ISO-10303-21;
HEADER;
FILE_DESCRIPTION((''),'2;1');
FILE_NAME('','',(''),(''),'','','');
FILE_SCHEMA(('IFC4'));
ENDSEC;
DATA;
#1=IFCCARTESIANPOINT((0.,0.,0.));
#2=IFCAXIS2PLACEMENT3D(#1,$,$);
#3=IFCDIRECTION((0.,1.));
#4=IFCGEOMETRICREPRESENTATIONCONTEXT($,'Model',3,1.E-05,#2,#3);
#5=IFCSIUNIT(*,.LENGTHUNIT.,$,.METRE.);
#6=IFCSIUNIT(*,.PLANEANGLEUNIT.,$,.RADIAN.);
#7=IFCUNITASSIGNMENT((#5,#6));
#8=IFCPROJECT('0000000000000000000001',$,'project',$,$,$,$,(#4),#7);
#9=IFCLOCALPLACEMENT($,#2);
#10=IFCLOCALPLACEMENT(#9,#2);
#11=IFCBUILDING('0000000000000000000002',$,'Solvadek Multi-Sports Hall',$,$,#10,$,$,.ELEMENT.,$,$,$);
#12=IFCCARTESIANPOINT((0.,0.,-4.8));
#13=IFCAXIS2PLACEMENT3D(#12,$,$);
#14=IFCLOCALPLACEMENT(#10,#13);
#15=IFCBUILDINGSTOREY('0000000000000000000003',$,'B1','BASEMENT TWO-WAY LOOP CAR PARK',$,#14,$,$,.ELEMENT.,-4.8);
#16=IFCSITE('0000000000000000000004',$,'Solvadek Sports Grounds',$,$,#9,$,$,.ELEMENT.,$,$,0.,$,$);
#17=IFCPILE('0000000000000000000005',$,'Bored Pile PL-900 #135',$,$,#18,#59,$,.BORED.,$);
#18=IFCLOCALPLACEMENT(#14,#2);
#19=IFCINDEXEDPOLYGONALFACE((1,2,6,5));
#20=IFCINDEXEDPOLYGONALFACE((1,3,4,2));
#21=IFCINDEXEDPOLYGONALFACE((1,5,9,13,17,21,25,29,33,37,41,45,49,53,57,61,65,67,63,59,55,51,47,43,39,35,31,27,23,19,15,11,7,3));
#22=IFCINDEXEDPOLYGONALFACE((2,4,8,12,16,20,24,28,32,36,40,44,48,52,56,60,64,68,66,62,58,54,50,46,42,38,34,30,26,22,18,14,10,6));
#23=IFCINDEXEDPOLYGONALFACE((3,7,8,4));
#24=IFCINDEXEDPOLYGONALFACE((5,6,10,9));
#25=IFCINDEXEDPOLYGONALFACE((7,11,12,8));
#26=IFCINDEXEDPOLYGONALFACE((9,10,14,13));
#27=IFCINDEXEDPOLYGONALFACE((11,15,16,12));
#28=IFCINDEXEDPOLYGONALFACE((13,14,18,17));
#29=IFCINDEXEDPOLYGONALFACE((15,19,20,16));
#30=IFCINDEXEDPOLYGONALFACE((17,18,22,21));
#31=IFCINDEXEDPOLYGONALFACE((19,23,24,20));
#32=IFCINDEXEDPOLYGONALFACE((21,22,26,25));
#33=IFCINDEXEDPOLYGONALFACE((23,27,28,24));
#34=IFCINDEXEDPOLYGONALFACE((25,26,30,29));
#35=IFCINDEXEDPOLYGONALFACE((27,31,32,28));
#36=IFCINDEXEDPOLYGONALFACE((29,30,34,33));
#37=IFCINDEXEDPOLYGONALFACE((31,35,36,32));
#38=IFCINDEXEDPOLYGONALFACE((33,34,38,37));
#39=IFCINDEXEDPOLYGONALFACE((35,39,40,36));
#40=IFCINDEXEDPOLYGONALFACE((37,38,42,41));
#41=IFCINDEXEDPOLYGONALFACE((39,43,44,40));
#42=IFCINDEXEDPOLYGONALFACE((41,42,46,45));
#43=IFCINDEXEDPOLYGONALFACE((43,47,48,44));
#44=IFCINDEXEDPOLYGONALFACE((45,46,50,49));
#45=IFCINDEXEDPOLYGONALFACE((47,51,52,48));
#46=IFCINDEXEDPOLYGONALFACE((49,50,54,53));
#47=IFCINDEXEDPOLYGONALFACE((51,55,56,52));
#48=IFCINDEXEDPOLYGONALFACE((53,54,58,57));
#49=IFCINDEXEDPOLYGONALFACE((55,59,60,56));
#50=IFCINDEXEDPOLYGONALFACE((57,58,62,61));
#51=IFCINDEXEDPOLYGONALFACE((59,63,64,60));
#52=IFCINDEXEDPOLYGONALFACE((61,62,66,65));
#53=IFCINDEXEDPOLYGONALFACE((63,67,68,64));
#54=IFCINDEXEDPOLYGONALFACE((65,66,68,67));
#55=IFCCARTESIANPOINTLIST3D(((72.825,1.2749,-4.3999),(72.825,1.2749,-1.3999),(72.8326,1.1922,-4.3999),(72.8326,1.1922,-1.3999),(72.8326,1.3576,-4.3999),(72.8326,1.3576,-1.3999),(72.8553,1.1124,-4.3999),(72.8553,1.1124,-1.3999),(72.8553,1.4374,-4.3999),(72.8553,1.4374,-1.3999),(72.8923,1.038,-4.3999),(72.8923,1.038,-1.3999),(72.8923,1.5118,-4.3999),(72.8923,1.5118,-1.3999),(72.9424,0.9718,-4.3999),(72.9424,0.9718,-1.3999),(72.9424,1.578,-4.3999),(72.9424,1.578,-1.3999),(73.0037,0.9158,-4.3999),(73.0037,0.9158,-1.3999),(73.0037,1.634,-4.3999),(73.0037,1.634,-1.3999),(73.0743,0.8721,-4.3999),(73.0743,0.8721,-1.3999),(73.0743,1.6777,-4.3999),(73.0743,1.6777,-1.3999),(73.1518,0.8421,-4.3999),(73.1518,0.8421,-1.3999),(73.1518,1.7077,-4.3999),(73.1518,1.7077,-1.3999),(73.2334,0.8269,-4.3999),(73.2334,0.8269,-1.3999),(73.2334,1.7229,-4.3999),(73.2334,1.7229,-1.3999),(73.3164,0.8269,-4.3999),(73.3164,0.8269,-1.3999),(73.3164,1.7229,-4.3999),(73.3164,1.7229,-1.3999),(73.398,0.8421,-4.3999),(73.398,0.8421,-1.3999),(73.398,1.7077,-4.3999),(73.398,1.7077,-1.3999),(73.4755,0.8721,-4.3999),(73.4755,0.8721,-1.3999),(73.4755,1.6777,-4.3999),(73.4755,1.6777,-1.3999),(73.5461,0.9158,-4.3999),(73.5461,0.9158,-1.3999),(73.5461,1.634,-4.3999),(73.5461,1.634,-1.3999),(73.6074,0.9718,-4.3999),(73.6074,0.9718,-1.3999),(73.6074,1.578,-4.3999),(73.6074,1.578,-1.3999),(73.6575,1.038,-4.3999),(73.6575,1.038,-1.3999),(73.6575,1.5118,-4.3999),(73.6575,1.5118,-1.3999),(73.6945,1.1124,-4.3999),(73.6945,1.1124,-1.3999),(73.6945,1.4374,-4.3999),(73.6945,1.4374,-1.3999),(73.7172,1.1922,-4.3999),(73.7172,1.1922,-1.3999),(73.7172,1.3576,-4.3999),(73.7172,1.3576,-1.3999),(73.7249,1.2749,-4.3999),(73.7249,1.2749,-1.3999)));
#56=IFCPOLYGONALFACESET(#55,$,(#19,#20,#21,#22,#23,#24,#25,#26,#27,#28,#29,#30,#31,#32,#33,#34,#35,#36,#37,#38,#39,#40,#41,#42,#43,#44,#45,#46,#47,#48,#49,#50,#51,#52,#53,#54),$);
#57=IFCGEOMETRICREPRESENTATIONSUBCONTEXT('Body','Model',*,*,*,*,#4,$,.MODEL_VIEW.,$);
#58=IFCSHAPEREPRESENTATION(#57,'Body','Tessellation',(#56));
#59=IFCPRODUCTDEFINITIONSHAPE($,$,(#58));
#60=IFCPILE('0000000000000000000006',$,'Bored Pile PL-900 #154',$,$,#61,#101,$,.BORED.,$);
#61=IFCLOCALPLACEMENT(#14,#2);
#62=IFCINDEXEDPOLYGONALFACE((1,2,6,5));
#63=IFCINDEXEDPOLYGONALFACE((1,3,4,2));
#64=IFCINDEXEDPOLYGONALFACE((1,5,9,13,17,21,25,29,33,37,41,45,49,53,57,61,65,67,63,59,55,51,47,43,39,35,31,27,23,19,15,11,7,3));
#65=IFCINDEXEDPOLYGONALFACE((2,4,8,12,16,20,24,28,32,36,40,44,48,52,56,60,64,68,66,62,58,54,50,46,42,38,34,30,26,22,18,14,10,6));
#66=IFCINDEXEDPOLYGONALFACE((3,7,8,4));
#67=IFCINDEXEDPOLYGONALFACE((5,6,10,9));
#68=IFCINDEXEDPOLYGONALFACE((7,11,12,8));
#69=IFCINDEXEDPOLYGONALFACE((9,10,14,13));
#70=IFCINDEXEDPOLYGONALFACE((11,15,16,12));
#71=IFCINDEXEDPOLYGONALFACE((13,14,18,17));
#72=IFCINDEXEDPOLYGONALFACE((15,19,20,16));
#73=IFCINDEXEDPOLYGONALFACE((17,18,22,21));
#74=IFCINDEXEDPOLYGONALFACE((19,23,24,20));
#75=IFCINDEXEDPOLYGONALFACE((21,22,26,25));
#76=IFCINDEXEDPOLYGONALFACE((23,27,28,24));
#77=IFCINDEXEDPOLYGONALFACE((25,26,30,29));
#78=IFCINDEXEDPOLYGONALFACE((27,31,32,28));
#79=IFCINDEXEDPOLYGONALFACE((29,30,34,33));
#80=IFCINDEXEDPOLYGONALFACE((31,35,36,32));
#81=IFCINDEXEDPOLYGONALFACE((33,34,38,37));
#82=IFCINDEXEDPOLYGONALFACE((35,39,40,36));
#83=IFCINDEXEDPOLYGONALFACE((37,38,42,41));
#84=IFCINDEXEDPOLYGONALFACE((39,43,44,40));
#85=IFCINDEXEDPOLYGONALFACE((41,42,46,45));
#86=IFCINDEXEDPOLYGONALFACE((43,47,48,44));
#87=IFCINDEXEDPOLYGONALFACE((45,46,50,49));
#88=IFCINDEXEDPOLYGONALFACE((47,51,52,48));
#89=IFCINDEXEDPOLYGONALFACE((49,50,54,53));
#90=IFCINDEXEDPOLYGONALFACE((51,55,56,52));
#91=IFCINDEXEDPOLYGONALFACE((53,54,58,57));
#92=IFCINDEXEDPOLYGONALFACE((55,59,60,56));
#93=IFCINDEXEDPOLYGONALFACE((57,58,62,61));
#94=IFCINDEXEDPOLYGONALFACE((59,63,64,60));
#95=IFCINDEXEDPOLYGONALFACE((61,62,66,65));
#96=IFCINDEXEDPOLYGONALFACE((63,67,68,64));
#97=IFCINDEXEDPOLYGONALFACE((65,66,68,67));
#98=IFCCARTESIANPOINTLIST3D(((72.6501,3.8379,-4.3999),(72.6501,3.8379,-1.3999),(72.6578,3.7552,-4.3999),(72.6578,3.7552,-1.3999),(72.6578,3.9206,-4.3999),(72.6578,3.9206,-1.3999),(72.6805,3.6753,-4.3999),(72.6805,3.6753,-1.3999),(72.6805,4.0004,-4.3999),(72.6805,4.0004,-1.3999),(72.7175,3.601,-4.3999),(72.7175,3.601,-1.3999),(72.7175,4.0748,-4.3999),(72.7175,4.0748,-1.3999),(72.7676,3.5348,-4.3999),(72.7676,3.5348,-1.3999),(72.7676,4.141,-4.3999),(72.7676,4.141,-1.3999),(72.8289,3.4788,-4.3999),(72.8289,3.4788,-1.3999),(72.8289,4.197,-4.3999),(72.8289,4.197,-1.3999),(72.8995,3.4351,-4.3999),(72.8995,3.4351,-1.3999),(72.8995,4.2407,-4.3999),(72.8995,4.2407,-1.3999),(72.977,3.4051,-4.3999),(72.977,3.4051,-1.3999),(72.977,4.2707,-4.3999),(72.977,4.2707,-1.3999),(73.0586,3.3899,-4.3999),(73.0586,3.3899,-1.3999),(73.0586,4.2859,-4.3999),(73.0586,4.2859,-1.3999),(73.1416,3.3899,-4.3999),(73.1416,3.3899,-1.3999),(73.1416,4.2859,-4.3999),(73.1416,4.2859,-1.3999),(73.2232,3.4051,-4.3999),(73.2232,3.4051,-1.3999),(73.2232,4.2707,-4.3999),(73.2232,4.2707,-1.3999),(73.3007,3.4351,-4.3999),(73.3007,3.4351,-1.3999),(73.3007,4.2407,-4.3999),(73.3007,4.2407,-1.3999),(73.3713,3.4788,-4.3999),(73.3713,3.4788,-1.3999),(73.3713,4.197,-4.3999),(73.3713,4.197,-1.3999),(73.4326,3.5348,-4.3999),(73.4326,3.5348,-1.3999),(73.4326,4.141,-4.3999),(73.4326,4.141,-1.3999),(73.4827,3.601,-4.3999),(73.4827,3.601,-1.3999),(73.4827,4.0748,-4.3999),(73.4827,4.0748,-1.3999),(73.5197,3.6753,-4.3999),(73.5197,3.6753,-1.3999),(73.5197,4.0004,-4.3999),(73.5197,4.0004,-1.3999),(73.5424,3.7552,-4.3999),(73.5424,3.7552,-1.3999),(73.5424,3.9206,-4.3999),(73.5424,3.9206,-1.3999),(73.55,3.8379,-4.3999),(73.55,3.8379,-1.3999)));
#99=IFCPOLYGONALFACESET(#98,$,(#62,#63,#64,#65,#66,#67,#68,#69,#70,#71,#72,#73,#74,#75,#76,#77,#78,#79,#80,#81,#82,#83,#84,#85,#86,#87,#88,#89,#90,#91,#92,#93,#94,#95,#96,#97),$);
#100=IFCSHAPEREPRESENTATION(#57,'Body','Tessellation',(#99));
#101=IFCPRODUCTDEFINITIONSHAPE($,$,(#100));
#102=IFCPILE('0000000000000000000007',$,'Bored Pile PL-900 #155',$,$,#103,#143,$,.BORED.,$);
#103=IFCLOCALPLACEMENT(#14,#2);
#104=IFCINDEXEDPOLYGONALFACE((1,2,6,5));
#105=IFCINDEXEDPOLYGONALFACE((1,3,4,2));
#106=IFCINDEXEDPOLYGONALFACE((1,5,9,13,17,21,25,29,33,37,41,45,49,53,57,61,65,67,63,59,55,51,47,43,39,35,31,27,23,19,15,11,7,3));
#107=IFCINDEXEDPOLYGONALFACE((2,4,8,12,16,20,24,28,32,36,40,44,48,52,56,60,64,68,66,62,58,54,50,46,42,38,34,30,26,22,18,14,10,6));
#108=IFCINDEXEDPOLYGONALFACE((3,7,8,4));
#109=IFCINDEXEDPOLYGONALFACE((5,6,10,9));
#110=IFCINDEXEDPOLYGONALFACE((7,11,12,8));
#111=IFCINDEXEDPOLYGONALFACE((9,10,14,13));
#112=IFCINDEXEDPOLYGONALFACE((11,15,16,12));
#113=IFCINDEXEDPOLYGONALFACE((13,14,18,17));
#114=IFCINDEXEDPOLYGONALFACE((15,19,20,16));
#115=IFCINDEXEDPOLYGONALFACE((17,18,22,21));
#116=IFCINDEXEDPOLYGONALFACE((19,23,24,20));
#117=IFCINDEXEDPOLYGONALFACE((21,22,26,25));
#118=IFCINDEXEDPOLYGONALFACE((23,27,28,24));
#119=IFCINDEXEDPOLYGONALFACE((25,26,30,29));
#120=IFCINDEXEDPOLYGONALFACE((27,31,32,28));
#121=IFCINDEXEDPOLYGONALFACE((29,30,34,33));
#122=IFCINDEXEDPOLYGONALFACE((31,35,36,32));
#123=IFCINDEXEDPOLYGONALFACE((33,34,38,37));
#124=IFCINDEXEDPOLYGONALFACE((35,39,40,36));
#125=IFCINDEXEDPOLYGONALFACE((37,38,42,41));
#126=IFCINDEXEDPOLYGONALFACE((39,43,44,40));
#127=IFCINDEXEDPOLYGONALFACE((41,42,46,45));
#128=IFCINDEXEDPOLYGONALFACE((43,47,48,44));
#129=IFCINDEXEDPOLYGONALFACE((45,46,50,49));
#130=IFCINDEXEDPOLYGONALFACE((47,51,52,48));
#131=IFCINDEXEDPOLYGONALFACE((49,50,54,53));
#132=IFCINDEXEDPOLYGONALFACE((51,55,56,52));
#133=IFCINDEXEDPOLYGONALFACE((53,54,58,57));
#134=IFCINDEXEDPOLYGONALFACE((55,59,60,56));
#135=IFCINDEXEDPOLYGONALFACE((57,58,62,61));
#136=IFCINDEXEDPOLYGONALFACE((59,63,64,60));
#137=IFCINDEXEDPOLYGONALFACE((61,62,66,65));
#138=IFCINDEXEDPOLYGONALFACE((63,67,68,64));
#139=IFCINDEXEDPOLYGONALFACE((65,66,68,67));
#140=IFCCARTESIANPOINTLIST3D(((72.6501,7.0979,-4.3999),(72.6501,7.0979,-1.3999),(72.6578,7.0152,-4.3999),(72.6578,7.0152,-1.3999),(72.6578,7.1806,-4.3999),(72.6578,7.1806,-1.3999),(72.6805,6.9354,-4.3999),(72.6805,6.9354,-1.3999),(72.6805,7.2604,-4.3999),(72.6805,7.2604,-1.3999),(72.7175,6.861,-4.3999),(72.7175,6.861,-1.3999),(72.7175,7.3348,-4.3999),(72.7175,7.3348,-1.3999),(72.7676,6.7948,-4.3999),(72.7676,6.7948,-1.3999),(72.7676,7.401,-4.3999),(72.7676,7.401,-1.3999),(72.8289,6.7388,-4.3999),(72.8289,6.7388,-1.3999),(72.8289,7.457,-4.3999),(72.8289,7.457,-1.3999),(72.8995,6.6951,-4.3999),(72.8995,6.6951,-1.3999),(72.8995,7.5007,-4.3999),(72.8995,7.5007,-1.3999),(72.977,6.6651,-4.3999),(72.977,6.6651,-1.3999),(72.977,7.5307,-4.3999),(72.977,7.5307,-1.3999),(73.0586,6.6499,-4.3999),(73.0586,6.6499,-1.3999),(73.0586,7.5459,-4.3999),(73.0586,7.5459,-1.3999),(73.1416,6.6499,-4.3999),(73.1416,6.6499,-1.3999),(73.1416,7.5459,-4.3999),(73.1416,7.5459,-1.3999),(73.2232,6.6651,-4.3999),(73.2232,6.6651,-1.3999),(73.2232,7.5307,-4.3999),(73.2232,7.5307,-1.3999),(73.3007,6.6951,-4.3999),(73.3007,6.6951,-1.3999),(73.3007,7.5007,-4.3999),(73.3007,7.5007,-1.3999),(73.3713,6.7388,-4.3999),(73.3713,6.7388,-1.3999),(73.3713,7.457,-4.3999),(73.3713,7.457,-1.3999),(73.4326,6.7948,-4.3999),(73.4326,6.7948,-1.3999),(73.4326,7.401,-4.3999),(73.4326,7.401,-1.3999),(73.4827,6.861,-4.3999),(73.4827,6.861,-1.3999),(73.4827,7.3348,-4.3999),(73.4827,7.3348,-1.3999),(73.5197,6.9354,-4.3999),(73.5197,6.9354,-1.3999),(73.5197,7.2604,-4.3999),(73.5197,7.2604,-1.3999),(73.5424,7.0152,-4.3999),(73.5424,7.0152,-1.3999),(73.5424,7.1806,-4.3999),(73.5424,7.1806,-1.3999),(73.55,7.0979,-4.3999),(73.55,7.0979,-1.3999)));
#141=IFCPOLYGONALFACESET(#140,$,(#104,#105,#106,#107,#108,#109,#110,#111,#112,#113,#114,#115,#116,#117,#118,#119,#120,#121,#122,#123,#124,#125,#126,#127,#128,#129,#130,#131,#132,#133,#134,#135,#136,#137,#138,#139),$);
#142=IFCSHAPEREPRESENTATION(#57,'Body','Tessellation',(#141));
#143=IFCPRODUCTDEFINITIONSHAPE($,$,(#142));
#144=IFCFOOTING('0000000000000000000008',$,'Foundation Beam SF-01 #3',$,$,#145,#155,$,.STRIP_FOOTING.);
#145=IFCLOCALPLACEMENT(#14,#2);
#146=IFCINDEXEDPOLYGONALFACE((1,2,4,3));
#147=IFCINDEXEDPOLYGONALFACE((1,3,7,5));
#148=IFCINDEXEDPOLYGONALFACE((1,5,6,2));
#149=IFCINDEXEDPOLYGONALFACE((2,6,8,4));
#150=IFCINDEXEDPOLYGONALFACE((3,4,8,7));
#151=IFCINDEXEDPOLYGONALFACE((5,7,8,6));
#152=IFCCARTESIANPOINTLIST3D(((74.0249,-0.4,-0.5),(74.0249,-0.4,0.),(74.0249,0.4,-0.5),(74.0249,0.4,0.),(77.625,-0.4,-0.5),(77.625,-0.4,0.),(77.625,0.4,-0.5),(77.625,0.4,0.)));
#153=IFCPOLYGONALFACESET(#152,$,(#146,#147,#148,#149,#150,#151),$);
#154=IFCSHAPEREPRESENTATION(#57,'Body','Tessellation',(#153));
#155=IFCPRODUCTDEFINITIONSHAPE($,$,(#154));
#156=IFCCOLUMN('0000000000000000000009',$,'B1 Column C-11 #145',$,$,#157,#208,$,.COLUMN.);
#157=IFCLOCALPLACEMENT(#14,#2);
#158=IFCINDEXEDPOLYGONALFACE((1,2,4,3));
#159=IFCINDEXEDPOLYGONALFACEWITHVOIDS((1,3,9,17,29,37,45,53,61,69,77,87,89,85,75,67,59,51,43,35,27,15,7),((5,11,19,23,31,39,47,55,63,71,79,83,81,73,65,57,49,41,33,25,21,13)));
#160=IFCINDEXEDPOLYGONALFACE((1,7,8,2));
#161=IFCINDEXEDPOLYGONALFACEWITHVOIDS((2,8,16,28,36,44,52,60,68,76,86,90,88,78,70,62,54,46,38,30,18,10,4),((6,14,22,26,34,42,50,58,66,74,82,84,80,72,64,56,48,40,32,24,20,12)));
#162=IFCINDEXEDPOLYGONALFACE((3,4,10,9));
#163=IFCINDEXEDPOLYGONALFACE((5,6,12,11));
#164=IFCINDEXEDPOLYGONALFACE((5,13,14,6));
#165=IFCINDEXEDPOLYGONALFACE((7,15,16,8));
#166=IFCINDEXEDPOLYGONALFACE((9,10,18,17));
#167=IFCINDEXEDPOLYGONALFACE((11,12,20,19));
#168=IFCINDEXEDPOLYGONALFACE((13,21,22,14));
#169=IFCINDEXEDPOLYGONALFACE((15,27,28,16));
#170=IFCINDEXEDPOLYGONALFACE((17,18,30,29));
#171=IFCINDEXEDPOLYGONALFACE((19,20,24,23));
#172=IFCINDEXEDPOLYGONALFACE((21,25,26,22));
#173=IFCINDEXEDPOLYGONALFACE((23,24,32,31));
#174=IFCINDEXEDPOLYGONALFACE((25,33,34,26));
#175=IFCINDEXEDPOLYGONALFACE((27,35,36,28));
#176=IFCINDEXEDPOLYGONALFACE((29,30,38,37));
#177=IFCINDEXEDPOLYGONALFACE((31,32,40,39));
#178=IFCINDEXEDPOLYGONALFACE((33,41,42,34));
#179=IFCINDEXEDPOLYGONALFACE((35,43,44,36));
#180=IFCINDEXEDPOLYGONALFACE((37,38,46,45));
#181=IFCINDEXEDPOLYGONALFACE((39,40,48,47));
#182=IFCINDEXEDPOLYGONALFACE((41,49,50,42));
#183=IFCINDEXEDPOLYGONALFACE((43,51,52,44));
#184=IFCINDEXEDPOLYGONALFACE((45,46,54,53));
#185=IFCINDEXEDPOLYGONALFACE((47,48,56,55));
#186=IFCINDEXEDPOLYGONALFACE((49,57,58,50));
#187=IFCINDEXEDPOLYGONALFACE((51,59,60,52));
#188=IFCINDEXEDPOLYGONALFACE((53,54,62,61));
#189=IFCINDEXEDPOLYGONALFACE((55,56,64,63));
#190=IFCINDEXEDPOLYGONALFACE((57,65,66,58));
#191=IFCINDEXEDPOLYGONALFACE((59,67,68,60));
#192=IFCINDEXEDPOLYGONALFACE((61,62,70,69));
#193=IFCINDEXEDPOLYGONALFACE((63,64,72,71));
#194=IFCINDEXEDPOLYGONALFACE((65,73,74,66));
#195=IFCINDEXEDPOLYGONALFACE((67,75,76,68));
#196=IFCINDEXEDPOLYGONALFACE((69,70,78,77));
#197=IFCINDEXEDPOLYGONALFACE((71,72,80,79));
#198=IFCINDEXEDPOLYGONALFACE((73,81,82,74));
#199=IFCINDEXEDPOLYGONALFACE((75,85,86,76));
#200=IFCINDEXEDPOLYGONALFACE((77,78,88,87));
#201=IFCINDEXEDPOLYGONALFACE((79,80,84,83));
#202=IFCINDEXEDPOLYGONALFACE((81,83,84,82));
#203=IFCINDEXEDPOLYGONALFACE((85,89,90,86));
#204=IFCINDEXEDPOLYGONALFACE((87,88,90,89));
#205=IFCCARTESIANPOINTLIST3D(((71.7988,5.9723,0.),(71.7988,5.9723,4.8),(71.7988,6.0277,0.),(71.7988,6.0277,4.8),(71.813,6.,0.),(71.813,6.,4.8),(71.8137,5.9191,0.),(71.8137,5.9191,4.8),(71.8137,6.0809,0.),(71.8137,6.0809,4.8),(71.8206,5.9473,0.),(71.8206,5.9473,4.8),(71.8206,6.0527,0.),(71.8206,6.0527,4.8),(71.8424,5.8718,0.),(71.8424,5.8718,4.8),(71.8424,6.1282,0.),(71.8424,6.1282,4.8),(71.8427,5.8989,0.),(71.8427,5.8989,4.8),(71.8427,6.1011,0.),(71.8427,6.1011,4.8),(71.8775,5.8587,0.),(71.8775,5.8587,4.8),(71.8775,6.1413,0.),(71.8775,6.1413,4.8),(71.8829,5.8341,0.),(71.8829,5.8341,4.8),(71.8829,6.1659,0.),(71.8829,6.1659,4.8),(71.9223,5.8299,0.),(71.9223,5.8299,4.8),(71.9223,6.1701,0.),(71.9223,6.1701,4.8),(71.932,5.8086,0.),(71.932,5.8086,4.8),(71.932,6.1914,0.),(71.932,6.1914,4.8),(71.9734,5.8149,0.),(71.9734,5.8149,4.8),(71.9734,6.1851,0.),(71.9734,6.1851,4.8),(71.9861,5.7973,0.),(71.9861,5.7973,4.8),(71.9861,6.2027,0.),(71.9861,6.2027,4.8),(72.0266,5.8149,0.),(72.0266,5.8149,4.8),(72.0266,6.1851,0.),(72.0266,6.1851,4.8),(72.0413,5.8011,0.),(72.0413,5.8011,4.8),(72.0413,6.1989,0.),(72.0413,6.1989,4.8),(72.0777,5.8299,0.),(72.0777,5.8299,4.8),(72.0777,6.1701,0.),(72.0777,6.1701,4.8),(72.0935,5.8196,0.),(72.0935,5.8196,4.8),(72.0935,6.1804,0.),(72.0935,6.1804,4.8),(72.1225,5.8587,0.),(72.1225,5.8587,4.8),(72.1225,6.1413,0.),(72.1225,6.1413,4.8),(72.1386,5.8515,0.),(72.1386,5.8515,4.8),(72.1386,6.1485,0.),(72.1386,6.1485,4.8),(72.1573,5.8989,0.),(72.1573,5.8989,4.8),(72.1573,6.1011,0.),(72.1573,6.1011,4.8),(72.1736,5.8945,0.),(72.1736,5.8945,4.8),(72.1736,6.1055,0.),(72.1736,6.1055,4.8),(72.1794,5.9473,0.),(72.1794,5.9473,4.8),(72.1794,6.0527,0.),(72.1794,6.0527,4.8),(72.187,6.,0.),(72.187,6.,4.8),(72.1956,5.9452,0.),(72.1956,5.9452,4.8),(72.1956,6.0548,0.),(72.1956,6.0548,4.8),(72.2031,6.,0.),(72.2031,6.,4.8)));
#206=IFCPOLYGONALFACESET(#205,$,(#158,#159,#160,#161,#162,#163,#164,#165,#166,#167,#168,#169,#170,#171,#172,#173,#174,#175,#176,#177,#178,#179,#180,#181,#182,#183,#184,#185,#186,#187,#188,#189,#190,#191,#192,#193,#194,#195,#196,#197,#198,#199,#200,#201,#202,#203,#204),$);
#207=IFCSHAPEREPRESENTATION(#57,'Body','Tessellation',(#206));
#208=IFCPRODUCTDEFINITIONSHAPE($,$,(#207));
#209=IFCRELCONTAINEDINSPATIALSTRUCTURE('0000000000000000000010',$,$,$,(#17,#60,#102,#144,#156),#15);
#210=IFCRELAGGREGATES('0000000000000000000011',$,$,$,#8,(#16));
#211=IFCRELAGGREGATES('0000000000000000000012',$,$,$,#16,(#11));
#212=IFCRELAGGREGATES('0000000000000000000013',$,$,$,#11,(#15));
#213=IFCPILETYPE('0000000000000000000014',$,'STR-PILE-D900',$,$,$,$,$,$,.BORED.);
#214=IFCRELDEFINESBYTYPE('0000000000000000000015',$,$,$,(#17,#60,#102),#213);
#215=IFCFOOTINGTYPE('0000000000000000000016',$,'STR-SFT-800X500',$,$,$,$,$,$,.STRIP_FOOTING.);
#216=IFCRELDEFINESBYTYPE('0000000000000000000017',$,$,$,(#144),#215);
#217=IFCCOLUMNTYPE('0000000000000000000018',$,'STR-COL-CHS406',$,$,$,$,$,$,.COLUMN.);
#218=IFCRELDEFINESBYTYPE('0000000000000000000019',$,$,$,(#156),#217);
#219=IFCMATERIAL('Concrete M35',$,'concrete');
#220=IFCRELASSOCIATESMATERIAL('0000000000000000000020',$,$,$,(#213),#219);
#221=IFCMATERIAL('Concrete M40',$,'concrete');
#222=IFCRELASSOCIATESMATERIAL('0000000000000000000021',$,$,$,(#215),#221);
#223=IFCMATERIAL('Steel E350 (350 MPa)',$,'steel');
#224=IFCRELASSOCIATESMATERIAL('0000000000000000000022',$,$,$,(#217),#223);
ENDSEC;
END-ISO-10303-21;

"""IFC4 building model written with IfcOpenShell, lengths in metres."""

from ifc_helpers import new_model, si_unit, direction, frame, origin, origin_2d, place, context, subcontext, project, spatial, rectangle, circle, hollow_circle, extrude, material, material_profile, profile_set, type_object, element, save


model = new_model("IFC4")

# Units and contexts
model_context = context("Model", 3, precision=1e-05, world=origin(), true_north=direction((0.0, 1.0)))
body_context = subcontext(model_context, "Body", "Model", "MODEL_VIEW")
ifc_project = project(units=[si_unit("LENGTHUNIT", "METRE"), si_unit("PLANEANGLEUNIT", "RADIAN")], contexts=[model_context])

# Site, building, storey
site_placement = place(None, origin())
site = spatial("IfcSite", under=ifc_project, at=site_placement, Name="Solvadek Sports Grounds", CompositionType="ELEMENT", RefElevation=0.0)
building_placement = place(site_placement, origin())
building = spatial("IfcBuilding", under=site, at=building_placement, Name="Solvadek Multi-Sports Hall", CompositionType="ELEMENT")
storey_placement = place(building_placement, frame((0.0, 0.0, -4.8)))
storey = spatial("IfcBuildingStorey", under=building, at=storey_placement, Name="B1", Description="BASEMENT TWO-WAY LOOP CAR PARK", CompositionType="ELEMENT", Elevation=-4.8)

# Shared definitions
ifc_material_1 = material(Name="Concrete M40", Category="concrete")

# Piles
ifc_material_2 = material(Name="Concrete M35", Category="concrete")
ifc_material_profile_1 = material_profile(ifc_material_2, circle(Radius=0.45, at=origin_2d()), Name="BORED PILE D900")
ifc_profile_set_1 = profile_set([ifc_material_profile_1], Name="Concrete M35")
pile_type_1 = type_object("IfcPileType", Name="STR-PILE-D900", PredefinedType="BORED", material=ifc_profile_set_1)
for number, where, z_axis, x_axis, name in (
    (1, (73.2749, 1.2749, -1.3999), (0.0, 0.0, -1.0), (1.0, 0.0, 0.0), "Bored Pile PL-900 #135"),
    (2, (73.1001, 3.8379, -1.3999), (0.0, 0.0, -1.0), (1.0, 0.0, 0.0), "Bored Pile PL-900 #154"),
    (3, (73.1001, 7.0979, -1.3999), (0.0, 0.0, -1.0), (1.0, 0.0, 0.0), "Bored Pile PL-900 #155"),
):
    element("IfcPile", number, at=place(storey_placement, frame(where, z_axis=z_axis, x_axis=x_axis)), inside=storey, type_object=pile_type_1, Name=name, PredefinedType="BORED", context=body_context, shape_type="SweptSolid", body=[
        extrude(circle(Radius=0.45, at=origin_2d()), origin(), (0.0, 0.0, 1.0), 3.0),
    ])

# Footing
footing_type_1 = type_object("IfcFootingType", Name="STR-SFT-800X500", PredefinedType="STRIP_FOOTING", material=ifc_material_1)
footing_1_placement = place(storey_placement, frame((75.825, 0.0, -0.5), z_axis=(0.0, 0.0, 1.0), x_axis=(1.0, 0.0, 0.0)))
element("IfcFooting", 4, at=footing_1_placement, inside=storey, type_object=footing_type_1, Name="Foundation Beam SF-01 #3", PredefinedType="STRIP_FOOTING", context=body_context, shape_type="SweptSolid", body=[
    extrude(rectangle(XDim=3.6001, YDim=0.8, at=origin_2d()), origin(), (0.0, 0.0, 1.0), 0.5),
])

# Column
ifc_material_3 = material(Name="Steel E350 (350 MPa)", Category="steel")
ifc_material_profile_2 = material_profile(ifc_material_3, hollow_circle(Radius=0.2031, WallThickness=0.0161, at=origin_2d()), Name="CHS 406.4x16")
ifc_profile_set_2 = profile_set([ifc_material_profile_2], Name="Steel E350 (350 MPa)")
column_type_1 = type_object("IfcColumnType", Name="STR-COL-CHS406", PredefinedType="COLUMN", material=ifc_profile_set_2)
column_1_placement = place(storey_placement, frame((72.0, 6.0, 0.0), z_axis=(0.0, 0.0, 1.0), x_axis=(1.0, 0.0, 0.0)))
element("IfcColumn", 5, at=column_1_placement, inside=storey, type_object=column_type_1, Name="B1 Column C-11 #145", PredefinedType="COLUMN", context=body_context, shape_type="SweptSolid", body=[
    extrude(hollow_circle(Radius=0.2031, WallThickness=0.0161, at=origin_2d()), origin(), (0.0, 0.0, 1.0), 4.8),
])

save(model, "model.ifc")
